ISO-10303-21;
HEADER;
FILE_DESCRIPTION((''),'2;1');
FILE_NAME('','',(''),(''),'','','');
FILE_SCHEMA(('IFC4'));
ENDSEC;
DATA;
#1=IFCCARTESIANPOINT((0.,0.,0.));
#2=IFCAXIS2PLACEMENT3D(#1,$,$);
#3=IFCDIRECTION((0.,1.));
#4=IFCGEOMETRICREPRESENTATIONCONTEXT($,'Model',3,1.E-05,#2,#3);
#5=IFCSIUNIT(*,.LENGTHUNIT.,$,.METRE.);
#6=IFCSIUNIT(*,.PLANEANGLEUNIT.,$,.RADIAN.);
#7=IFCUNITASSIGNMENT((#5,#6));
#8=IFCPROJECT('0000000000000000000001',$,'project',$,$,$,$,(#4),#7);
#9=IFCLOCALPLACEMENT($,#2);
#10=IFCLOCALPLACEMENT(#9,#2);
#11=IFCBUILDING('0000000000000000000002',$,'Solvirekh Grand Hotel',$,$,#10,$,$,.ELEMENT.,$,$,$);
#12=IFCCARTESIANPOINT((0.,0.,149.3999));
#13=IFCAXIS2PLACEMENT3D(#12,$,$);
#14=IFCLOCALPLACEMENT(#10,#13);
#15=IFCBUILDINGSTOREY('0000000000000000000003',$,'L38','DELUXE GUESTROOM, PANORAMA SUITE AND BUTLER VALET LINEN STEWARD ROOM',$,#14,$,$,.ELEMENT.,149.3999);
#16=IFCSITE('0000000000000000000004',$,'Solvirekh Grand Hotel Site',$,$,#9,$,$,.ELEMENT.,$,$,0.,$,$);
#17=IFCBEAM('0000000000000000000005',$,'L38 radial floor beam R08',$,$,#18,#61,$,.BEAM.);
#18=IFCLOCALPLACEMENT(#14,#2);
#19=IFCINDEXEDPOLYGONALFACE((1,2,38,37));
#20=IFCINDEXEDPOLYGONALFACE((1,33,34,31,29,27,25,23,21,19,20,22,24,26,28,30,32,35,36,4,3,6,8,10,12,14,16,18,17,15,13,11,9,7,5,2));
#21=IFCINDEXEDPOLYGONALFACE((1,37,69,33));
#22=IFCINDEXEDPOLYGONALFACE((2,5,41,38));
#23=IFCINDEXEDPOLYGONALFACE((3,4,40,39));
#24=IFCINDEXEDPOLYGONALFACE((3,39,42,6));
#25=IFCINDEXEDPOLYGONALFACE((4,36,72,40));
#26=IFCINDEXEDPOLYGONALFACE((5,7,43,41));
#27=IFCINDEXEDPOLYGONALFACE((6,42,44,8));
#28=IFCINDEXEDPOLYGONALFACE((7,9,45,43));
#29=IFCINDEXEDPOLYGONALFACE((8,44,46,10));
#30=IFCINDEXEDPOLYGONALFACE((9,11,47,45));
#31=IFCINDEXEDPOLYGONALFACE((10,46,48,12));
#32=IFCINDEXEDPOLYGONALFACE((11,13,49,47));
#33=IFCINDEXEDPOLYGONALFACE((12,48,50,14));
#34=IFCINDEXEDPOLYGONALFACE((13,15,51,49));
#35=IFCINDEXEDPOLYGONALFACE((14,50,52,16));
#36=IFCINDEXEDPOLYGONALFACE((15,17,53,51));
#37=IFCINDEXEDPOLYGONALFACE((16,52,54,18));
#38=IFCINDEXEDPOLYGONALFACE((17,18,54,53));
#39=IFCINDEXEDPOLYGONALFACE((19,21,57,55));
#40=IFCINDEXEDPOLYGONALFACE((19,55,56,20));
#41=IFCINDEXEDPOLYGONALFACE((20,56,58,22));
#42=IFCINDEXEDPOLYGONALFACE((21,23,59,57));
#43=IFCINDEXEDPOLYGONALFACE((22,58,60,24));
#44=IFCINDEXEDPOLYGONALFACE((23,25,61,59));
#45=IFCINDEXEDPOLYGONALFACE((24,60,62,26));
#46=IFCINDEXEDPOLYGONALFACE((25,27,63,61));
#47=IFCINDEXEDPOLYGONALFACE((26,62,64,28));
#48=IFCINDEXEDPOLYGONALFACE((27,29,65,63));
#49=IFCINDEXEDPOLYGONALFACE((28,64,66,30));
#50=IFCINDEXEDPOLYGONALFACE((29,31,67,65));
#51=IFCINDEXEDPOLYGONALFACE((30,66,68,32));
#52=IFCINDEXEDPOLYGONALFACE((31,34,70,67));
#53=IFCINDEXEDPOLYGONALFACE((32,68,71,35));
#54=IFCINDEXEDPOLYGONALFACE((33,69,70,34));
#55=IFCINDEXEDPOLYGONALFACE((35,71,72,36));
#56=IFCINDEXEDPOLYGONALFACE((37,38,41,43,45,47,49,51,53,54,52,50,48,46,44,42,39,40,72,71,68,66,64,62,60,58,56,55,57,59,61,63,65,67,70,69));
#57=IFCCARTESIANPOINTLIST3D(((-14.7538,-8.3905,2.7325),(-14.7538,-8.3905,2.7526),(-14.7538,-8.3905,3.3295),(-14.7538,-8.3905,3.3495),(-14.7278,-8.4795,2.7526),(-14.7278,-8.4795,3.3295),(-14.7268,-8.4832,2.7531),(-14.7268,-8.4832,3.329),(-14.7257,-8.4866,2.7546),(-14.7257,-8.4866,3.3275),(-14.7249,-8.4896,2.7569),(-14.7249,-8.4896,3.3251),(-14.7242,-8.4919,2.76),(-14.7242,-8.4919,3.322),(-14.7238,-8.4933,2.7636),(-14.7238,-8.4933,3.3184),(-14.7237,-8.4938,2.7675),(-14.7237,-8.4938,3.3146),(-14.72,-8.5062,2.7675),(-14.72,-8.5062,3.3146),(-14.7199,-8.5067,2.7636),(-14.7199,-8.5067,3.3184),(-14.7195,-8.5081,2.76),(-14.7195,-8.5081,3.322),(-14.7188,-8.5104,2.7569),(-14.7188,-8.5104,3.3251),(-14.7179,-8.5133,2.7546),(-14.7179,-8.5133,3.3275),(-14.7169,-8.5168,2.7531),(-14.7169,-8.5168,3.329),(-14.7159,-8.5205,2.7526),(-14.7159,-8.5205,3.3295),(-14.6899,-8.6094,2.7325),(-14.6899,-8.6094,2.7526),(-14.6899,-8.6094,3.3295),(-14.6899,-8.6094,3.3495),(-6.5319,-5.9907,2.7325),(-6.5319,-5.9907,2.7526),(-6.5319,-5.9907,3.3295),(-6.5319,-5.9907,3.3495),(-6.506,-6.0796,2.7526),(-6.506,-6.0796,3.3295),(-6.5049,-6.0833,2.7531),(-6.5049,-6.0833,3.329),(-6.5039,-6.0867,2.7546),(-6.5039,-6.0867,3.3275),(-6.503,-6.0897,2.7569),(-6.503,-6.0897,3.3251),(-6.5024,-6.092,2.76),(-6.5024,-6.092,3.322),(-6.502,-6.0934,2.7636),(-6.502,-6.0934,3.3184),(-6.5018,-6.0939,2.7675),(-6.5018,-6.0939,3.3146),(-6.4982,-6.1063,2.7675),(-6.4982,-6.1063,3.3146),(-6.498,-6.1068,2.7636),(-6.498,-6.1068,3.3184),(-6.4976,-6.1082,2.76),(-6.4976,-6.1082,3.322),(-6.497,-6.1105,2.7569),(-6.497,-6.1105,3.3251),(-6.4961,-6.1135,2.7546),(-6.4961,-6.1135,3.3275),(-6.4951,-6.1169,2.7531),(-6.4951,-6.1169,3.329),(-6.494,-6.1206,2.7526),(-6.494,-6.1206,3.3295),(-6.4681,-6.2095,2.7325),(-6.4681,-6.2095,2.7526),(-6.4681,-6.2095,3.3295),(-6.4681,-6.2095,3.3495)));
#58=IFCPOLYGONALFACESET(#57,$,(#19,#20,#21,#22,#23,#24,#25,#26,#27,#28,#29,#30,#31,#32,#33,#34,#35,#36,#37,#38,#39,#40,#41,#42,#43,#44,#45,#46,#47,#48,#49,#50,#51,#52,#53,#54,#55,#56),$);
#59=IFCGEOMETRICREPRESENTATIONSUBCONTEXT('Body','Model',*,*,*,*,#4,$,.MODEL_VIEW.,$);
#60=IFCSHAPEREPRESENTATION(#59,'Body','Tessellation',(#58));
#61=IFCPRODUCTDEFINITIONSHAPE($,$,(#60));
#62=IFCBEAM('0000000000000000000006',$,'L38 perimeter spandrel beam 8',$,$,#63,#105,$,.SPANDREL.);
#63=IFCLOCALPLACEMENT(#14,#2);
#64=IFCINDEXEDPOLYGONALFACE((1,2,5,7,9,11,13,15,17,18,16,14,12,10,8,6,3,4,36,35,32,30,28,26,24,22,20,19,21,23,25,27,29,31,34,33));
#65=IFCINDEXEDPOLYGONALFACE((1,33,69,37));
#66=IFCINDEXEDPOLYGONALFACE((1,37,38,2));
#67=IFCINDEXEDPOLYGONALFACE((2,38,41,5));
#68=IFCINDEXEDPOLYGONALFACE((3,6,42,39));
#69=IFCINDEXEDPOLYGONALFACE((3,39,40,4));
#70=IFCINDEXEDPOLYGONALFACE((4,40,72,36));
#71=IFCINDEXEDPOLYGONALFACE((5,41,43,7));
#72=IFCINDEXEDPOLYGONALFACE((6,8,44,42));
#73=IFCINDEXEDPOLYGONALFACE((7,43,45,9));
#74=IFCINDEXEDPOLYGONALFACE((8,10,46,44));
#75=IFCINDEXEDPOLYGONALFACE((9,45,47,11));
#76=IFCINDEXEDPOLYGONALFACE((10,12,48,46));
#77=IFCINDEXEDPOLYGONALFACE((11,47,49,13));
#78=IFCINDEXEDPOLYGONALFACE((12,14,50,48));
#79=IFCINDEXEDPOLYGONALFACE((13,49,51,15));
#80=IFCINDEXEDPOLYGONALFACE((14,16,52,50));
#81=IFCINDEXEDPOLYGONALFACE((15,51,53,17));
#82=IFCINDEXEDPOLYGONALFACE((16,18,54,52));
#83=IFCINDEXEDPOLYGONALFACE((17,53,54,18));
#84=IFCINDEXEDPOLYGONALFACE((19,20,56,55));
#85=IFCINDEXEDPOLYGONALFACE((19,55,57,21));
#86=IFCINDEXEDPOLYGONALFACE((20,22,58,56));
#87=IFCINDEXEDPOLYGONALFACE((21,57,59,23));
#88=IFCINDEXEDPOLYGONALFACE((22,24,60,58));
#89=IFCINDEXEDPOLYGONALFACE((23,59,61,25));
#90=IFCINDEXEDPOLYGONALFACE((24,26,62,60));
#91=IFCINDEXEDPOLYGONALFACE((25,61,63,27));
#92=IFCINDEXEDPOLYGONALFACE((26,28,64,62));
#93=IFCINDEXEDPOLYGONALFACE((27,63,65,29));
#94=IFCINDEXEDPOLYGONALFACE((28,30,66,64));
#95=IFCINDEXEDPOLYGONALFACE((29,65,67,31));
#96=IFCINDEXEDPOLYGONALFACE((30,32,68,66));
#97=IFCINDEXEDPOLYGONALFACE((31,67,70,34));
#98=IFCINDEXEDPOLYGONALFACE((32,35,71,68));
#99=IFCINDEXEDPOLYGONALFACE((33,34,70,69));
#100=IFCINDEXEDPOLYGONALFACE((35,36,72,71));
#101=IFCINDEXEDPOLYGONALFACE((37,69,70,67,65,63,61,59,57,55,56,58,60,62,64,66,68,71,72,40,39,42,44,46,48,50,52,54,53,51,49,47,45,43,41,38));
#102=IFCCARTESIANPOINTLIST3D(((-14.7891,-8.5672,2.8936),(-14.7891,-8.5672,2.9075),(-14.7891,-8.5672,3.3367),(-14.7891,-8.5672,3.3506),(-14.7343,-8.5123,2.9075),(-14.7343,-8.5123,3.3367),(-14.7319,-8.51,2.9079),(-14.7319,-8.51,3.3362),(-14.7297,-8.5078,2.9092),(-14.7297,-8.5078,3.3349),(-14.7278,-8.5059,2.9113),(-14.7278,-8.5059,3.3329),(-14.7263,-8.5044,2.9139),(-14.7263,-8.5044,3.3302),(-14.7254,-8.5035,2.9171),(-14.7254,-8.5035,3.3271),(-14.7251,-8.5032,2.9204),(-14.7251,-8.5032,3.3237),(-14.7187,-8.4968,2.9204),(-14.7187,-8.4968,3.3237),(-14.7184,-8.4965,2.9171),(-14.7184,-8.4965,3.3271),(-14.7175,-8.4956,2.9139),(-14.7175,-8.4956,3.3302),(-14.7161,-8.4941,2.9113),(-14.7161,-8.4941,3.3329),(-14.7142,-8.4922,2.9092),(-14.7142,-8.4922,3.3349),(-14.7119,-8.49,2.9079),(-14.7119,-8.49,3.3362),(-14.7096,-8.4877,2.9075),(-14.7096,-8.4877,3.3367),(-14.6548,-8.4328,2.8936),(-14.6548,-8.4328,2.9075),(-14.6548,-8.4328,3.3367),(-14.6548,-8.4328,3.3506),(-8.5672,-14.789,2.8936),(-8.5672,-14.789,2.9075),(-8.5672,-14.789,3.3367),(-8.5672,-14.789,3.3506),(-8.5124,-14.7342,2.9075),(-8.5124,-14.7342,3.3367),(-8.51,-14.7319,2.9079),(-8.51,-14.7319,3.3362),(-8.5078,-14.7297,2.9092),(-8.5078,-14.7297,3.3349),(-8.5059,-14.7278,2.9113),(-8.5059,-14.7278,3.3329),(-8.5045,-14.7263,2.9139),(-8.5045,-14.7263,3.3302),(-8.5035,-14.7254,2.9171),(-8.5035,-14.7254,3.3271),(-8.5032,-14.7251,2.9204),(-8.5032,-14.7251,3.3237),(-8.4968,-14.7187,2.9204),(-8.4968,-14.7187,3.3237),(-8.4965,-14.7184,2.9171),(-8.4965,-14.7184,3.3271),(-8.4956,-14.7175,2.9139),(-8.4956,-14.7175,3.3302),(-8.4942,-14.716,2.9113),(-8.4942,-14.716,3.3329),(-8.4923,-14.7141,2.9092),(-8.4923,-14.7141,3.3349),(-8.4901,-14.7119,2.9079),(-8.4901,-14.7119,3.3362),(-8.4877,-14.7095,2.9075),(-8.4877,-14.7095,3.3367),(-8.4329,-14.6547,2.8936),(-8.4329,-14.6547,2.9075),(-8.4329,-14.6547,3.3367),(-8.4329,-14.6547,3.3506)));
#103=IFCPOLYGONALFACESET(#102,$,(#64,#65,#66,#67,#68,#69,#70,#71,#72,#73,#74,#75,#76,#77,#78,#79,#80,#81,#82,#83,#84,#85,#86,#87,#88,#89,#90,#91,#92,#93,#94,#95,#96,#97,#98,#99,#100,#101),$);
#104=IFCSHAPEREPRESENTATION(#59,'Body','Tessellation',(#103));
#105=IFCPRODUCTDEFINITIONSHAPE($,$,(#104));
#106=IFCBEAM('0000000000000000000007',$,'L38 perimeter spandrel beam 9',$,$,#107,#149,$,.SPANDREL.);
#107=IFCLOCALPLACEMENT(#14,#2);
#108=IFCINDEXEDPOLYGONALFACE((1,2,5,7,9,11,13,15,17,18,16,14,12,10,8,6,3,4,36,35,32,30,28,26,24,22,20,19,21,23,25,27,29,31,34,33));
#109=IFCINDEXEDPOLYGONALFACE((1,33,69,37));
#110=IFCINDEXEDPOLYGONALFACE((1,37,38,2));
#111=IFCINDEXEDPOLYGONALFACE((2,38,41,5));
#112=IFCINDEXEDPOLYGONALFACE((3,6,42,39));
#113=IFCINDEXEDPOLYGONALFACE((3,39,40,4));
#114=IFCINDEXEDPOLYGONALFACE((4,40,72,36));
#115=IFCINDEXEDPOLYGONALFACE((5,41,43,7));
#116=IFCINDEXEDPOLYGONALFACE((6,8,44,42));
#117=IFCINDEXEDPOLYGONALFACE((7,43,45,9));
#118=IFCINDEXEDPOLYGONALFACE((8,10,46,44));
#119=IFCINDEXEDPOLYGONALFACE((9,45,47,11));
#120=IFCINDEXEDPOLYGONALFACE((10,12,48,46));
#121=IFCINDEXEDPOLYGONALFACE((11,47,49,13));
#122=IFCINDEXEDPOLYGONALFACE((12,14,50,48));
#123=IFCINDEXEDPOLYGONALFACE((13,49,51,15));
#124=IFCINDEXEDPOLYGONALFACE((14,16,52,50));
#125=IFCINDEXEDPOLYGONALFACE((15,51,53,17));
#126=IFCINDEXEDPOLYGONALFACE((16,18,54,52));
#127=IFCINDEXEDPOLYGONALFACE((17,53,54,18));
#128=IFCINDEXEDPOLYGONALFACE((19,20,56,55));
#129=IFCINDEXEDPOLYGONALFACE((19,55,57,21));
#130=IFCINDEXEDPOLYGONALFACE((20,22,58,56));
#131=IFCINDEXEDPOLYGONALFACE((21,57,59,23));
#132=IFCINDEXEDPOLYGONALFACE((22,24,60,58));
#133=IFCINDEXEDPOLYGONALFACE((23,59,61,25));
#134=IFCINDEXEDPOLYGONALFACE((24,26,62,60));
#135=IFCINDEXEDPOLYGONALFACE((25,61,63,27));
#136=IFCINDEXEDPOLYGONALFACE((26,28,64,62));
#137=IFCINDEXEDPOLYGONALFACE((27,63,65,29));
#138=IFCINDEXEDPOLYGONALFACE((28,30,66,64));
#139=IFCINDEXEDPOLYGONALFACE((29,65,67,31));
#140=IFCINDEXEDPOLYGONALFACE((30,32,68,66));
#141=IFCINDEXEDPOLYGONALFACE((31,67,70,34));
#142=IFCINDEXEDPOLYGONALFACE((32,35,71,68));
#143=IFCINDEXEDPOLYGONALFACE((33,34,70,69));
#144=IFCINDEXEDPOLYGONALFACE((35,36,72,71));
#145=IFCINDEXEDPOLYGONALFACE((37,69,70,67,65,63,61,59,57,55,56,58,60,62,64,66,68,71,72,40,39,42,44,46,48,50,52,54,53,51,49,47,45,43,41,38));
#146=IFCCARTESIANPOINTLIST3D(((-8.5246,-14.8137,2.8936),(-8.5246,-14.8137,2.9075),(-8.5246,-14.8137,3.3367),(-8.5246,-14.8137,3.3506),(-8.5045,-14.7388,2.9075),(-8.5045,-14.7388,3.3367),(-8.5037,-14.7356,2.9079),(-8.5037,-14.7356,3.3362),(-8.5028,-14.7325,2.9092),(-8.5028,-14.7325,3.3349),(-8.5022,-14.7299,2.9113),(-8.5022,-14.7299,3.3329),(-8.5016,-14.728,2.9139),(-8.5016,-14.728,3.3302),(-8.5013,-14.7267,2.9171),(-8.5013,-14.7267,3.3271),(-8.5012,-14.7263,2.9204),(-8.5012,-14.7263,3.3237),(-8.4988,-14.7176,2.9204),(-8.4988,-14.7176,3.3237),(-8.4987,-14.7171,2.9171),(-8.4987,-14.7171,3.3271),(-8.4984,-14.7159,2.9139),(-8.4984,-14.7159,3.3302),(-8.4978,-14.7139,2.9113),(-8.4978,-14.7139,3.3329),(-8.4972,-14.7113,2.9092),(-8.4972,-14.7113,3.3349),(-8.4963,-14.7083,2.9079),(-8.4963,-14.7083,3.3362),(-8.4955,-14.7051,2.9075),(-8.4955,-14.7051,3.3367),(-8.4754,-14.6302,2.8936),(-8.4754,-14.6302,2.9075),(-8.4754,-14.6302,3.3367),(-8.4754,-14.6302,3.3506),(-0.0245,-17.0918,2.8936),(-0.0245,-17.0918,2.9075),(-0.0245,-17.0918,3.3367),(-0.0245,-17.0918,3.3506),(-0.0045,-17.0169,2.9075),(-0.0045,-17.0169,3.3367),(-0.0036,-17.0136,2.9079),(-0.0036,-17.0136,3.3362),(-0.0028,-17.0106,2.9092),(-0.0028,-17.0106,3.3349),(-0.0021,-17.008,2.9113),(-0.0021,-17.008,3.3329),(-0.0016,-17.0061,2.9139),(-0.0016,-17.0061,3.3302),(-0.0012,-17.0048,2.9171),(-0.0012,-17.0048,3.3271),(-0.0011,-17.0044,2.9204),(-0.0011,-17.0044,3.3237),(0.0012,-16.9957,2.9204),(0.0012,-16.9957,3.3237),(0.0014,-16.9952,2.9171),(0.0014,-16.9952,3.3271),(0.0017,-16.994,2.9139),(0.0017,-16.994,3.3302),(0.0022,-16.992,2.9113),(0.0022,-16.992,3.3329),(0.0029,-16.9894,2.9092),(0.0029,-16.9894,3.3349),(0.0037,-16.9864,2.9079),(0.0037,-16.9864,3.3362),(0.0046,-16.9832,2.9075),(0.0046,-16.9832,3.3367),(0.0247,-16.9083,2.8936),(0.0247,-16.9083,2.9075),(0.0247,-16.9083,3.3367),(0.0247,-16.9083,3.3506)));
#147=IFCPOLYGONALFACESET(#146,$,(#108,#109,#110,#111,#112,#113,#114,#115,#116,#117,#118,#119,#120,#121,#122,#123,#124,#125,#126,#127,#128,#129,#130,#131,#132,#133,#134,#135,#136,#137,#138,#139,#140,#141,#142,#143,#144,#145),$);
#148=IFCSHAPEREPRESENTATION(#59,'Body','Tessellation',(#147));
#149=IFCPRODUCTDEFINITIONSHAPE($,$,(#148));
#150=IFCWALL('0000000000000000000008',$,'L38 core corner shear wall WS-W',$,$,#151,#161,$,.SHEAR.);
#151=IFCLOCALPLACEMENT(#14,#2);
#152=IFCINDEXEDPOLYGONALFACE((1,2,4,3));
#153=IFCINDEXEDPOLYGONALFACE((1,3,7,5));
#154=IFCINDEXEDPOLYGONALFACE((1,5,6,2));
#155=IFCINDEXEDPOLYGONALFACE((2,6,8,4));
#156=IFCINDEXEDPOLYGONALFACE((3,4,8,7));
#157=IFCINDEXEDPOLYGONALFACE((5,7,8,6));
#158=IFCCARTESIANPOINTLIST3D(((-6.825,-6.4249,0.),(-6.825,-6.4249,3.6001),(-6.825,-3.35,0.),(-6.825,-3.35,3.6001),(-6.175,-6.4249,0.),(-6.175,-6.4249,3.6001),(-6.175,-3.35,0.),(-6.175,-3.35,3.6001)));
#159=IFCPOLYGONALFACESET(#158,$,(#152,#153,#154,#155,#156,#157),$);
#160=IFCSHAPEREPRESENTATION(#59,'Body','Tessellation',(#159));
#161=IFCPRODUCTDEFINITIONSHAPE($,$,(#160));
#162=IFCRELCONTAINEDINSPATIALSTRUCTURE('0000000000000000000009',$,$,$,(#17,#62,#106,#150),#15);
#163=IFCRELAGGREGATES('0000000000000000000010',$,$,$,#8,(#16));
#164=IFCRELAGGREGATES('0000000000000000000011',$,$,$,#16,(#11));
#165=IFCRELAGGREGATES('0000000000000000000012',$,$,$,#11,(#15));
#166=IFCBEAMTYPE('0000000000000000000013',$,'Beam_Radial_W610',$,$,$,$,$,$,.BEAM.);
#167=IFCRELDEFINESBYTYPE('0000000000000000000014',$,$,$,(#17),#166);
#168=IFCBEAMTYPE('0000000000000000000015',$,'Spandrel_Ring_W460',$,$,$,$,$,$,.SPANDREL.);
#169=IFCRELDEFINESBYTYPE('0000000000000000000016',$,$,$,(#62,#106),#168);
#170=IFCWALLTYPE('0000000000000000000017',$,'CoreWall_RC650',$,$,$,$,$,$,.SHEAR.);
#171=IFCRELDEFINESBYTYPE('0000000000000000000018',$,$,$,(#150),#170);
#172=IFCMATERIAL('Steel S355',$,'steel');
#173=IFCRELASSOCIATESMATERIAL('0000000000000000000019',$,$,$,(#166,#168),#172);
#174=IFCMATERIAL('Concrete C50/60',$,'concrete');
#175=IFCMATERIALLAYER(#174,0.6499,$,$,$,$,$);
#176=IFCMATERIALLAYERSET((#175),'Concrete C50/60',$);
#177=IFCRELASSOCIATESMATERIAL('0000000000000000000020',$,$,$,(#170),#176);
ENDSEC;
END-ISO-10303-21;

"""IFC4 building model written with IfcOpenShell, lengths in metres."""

from ifc_helpers import new_model, si_unit, direction, frame, frame_2d, origin, origin_2d, place, context, subcontext, project, spatial, rectangle, i_section, extrude, material, layer, layer_set, material_profile, profile_set, type_object, element, save


model = new_model("IFC4")

# Units and contexts
model_context = context("Model", 3, precision=1e-05, world=origin(), true_north=direction((0.0, 1.0)))
body_context = subcontext(model_context, "Body", "Model", "MODEL_VIEW")
ifc_project = project(units=[si_unit("LENGTHUNIT", "METRE"), si_unit("PLANEANGLEUNIT", "RADIAN")], contexts=[model_context])

# Site, building, storey
site_placement = place(None, origin())
site = spatial("IfcSite", under=ifc_project, at=site_placement, Name="Solvirekh Grand Hotel Site", CompositionType="ELEMENT", RefElevation=0.0)
building_placement = place(site_placement, origin())
building = spatial("IfcBuilding", under=site, at=building_placement, Name="Solvirekh Grand Hotel", CompositionType="ELEMENT")
storey_placement = place(building_placement, frame((0.0, 0.0, 149.3999)))
storey = spatial("IfcBuildingStorey", under=building, at=storey_placement, Name="L38", Description="DELUXE GUESTROOM, PANORAMA SUITE AND BUTLER VALET LINEN STEWARD ROOM", CompositionType="ELEMENT", Elevation=149.3999)

# Shared definitions
ifc_material_1 = material(Name="Concrete C50/60", Category="concrete")

# Beams
ifc_material_2 = material(Name="Steel S355", Category="steel")
ifc_material_profile_1 = material_profile(ifc_material_2, i_section(OverallWidth=0.228, OverallDepth=0.6169, WebThickness=0.0129, FlangeThickness=0.02, FilletRadius=0.0149, at=origin_2d()), Name="W610X140")
ifc_profile_set_1 = profile_set([ifc_material_profile_1], Name="Steel S355")
beam_type_1 = type_object("IfcBeamType", Name="Beam_Radial_W610", PredefinedType="BEAM", material=ifc_profile_set_1)
beam_1_placement = place(storey_placement, frame((-6.5, -6.1001, 3.041), z_axis=(-0.959942, -0.280198, 0.0), x_axis=(0.280198, -0.959942, 0.0)))
element("IfcBeam", 1, at=beam_1_placement, inside=storey, type_object=beam_type_1, Name="L38 radial floor beam R08", PredefinedType="BEAM", context=body_context, shape_type="SweptSolid", body=[
    extrude(i_section(OverallWidth=0.228, OverallDepth=0.6169, WebThickness=0.0129, FlangeThickness=0.02, FilletRadius=0.0149, at=origin_2d()), origin(), (0.0, 0.0, 1.0), 8.5649),
])
ifc_material_profile_2 = material_profile(ifc_material_2, i_section(OverallWidth=0.1899, OverallDepth=0.457, WebThickness=0.009, FlangeThickness=0.0139, FilletRadius=0.0129, at=origin_2d()), Name="W460X74")
ifc_profile_set_2 = profile_set([ifc_material_profile_2], Name="Steel S355")
beam_type_2 = type_object("IfcBeamType", Name="Spandrel_Ring_W460", PredefinedType="SPANDREL", material=ifc_profile_set_2)
beam_2_placement = place(storey_placement, frame((-14.7219, -8.5, 3.1221), z_axis=(0.707107, -0.707107, 0.0), x_axis=(0.707107, 0.707107, 0.0)))
element("IfcBeam", 2, at=beam_2_placement, inside=storey, type_object=beam_type_2, Name="L38 perimeter spandrel beam 8", PredefinedType="SPANDREL", context=body_context, shape_type="SweptSolid", body=[
    extrude(i_section(OverallWidth=0.1899, OverallDepth=0.457, WebThickness=0.009, FlangeThickness=0.0139, FilletRadius=0.0129, at=origin_2d()), origin(), (0.0, 0.0, 1.0), 8.7991),
])
beam_3_placement = place(storey_placement, frame((-8.5, -14.7219, 3.1221), z_axis=(0.965911, -0.258873, 0.0), x_axis=(0.258873, 0.965911, 0.0)))
element("IfcBeam", 3, at=beam_3_placement, inside=storey, type_object=beam_type_2, Name="L38 perimeter spandrel beam 9", PredefinedType="SPANDREL", context=body_context, shape_type="SweptSolid", body=[
    extrude(i_section(OverallWidth=0.1899, OverallDepth=0.457, WebThickness=0.009, FlangeThickness=0.0139, FilletRadius=0.0129, at=origin_2d()), origin(), (0.0, 0.0, 1.0), 8.8),
])

# Wall
ifc_layer_1 = layer(ifc_material_1, 0.6499)
ifc_layer_set_1 = layer_set([ifc_layer_1], Name="Concrete C50/60")
wall_type_1 = type_object("IfcWallType", Name="CoreWall_RC650", PredefinedType="SHEAR", material=ifc_layer_set_1)
wall_1_placement = place(storey_placement, frame((-6.5, -6.425, 0.0), z_axis=(0.0, 0.0, 1.0), x_axis=(0.0, 1.0, 0.0)))
element("IfcWall", 4, at=wall_1_placement, inside=storey, type_object=wall_type_1, Name="L38 core corner shear wall WS-W", PredefinedType="SHEAR", context=body_context, shape_type="SweptSolid", body=[
    extrude(rectangle(XDim=3.075, YDim=0.6499, at=frame_2d((1.5376, 0.0))), origin(), (0.0, 0.0, 1.0), 3.6001),
])

save(model, "model.ifc")
